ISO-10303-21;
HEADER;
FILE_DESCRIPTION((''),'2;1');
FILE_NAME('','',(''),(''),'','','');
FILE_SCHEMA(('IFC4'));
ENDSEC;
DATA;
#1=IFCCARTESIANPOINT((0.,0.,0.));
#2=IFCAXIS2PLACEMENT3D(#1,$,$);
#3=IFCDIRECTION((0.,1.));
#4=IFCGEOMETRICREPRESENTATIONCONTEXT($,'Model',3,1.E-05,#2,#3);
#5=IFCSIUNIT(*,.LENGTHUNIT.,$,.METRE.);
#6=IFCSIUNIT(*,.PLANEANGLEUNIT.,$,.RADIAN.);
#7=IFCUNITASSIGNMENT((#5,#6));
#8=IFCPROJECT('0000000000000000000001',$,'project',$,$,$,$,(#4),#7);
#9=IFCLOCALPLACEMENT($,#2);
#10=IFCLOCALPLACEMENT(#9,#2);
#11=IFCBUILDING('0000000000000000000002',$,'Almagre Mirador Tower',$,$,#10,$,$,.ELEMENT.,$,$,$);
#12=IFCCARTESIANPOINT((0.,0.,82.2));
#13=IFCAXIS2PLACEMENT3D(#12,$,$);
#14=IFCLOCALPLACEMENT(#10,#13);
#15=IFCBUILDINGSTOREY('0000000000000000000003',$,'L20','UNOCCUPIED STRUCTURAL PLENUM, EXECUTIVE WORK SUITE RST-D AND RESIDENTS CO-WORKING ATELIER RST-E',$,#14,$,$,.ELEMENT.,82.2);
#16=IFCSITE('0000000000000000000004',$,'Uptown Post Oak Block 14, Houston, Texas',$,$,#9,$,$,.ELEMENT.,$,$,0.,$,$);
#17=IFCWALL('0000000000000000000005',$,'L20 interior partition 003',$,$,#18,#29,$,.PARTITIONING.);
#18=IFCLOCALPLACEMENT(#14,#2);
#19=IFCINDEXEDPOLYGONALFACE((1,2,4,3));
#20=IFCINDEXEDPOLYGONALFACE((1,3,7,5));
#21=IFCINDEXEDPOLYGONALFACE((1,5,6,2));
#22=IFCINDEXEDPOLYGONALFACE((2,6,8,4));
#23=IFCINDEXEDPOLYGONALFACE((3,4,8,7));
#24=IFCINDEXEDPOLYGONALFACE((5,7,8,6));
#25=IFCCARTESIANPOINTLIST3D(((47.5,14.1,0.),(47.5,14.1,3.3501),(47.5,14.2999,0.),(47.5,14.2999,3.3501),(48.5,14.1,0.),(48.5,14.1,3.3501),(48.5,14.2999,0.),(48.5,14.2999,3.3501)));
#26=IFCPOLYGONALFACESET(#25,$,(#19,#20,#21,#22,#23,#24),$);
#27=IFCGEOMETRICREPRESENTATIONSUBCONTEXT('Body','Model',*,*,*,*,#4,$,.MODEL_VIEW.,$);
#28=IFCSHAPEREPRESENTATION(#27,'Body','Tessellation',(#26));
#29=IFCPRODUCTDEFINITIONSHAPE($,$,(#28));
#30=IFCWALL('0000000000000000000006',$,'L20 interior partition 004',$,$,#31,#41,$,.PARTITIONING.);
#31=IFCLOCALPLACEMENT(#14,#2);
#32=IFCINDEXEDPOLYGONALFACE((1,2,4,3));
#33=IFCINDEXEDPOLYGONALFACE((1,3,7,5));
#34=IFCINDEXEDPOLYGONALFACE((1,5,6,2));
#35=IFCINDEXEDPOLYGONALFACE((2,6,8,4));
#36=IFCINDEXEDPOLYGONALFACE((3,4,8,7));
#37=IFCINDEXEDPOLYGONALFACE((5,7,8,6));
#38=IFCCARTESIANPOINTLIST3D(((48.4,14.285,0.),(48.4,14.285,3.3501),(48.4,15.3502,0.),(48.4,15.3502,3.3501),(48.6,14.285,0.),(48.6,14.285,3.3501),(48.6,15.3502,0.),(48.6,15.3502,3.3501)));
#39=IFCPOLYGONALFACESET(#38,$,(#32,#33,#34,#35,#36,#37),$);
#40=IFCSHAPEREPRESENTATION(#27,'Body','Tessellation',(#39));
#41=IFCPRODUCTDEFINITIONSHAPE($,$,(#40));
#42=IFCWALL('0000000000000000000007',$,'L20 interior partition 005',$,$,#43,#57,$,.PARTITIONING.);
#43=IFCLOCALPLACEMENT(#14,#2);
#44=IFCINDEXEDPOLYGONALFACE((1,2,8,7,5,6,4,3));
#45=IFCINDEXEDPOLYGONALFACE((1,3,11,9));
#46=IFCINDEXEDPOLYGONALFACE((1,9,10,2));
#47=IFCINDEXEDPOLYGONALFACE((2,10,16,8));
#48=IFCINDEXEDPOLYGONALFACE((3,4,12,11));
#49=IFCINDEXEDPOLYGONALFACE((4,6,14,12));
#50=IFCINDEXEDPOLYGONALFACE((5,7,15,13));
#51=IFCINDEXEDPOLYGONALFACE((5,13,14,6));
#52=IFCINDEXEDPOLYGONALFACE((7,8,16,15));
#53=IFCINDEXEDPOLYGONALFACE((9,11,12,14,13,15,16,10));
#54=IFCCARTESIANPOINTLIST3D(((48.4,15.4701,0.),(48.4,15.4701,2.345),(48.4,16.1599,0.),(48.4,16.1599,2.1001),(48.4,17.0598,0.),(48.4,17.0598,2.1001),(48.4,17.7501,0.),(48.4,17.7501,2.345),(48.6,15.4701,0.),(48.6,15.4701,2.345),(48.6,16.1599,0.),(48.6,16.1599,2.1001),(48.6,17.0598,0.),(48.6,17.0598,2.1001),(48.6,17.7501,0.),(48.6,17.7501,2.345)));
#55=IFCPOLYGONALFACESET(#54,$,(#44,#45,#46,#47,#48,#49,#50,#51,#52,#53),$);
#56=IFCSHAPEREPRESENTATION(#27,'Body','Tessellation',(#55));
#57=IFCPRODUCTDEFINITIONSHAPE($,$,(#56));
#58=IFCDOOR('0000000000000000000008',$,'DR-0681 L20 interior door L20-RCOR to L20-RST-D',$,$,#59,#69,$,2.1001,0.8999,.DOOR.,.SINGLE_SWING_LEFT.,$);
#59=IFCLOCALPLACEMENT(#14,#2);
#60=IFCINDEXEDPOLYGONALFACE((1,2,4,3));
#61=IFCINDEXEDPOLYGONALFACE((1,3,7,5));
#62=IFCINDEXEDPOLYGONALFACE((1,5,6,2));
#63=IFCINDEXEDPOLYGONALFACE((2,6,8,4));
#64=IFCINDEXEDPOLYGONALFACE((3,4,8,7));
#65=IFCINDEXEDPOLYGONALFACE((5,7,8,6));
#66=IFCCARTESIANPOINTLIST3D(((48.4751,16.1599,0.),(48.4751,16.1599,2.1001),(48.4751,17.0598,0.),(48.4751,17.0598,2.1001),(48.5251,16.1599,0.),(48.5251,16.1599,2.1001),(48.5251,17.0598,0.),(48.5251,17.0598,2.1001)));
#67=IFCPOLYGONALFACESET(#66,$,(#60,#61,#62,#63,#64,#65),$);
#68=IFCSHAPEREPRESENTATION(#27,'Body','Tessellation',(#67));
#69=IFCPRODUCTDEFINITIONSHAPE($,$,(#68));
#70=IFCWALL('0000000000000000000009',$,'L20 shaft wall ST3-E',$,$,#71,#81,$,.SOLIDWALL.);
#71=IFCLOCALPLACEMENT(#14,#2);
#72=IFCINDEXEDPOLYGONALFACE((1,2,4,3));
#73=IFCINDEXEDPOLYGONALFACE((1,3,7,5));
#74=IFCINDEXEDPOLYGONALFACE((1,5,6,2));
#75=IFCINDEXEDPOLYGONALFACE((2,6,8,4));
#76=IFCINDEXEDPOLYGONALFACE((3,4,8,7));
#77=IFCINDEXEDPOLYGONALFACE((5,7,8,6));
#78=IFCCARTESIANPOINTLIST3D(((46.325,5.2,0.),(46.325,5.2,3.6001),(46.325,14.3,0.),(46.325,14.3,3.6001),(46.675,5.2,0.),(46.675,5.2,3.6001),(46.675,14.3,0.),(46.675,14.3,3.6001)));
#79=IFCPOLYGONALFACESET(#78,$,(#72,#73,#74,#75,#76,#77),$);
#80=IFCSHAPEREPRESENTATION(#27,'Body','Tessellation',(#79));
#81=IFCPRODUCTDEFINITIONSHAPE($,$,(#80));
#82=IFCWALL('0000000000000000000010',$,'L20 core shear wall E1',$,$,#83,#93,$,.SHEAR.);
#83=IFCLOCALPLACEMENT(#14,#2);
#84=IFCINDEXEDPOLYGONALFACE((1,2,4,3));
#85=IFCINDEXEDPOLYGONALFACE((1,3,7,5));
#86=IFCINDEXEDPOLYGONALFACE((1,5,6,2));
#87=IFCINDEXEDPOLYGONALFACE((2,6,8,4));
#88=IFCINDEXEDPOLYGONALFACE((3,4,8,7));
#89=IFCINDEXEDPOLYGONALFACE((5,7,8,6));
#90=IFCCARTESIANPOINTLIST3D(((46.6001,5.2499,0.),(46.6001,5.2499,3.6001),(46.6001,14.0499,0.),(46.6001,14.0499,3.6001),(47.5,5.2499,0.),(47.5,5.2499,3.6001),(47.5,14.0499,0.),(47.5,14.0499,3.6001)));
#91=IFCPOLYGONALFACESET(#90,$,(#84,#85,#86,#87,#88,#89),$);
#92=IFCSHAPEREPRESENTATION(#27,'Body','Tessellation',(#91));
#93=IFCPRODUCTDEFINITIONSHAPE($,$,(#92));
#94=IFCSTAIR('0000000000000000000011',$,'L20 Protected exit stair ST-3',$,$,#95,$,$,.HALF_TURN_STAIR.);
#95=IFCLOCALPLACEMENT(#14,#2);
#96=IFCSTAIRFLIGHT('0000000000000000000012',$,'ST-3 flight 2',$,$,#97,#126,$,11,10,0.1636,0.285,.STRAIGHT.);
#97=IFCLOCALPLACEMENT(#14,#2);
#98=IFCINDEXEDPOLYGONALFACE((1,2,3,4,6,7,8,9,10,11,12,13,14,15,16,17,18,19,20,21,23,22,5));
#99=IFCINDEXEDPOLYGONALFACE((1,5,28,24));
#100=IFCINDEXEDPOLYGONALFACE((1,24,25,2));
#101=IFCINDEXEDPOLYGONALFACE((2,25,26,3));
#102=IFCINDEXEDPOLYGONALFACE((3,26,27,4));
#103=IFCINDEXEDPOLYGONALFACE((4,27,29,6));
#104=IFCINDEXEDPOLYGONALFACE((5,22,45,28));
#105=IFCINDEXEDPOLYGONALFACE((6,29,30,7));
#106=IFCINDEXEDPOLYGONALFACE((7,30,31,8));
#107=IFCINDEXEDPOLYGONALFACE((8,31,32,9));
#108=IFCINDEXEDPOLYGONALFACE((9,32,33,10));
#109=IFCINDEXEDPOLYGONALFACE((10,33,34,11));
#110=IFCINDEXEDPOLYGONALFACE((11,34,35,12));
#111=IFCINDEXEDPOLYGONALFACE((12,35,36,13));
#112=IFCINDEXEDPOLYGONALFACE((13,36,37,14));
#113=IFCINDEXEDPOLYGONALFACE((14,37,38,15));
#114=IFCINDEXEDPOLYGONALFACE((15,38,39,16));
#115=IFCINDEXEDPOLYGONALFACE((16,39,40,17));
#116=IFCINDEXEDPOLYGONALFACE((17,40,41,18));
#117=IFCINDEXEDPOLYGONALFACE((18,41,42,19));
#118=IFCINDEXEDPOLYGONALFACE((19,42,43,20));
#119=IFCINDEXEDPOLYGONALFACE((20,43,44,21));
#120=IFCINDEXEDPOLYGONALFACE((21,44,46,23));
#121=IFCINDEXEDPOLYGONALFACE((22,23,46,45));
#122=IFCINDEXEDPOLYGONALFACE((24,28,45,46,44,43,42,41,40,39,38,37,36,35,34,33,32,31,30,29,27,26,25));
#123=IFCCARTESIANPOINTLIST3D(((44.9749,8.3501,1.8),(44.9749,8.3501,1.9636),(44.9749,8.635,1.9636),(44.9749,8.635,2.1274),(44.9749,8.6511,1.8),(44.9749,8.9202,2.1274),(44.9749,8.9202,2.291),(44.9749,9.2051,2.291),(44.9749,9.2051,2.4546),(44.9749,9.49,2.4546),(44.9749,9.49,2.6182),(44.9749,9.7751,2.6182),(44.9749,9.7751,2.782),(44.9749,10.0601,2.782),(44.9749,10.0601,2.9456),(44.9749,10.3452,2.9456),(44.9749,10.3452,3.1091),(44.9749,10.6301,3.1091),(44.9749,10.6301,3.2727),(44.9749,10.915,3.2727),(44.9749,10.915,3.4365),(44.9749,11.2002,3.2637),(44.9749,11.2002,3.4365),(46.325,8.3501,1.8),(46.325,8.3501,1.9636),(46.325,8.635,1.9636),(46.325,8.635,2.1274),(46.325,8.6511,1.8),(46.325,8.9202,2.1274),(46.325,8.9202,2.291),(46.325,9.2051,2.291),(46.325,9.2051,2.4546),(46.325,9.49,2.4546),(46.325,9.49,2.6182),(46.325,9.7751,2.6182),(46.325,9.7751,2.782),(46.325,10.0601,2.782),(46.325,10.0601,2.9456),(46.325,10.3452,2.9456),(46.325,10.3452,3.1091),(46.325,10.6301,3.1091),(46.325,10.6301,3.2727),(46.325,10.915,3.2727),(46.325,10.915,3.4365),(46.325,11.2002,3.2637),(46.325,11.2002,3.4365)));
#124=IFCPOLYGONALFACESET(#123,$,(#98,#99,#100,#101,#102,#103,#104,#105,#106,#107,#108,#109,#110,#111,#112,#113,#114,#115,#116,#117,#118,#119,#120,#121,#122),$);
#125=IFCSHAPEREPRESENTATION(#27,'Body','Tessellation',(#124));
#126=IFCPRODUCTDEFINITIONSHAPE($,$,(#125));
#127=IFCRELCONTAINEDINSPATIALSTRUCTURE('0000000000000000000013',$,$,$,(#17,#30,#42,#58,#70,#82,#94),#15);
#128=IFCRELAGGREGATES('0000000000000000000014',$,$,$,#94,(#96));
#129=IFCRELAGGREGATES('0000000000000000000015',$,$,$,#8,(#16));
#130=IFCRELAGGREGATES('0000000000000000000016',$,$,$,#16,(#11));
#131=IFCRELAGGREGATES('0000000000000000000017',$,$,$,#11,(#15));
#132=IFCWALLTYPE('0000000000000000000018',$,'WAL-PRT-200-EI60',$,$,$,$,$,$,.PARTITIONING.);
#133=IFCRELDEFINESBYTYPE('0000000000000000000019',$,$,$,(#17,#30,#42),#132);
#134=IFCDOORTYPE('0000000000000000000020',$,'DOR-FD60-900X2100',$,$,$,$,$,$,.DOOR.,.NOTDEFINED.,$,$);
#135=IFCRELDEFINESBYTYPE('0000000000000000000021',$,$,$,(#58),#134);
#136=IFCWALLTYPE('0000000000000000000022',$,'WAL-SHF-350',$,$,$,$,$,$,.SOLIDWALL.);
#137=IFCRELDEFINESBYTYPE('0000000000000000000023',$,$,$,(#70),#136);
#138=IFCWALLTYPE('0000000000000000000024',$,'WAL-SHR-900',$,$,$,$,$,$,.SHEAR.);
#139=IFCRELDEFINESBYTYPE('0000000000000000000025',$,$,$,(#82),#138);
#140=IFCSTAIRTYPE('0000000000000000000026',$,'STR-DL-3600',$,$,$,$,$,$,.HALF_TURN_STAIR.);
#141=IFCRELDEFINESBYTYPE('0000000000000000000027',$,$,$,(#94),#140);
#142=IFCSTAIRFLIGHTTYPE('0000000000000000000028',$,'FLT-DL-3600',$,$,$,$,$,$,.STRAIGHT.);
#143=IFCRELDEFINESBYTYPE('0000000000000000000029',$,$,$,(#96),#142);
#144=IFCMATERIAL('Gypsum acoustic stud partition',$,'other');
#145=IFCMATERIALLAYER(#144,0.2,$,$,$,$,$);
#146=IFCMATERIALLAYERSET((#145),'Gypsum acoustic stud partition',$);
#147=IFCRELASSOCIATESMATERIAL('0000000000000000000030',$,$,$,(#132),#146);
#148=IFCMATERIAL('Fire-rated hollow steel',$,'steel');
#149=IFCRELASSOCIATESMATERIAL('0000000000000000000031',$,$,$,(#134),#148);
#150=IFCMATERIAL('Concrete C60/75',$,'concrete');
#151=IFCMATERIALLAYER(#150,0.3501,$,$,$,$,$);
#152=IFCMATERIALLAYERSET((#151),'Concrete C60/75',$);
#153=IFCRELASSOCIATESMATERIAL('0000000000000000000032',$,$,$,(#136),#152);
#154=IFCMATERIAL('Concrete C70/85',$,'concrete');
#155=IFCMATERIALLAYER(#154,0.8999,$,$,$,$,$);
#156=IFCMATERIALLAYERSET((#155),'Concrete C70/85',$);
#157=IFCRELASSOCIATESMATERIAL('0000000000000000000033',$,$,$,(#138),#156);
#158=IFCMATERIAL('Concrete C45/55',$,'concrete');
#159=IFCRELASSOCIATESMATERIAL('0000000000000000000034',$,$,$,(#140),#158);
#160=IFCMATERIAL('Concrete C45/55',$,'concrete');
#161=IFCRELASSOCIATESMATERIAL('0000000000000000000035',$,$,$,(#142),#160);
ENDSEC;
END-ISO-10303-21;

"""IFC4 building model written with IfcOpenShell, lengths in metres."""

from ifc_helpers import new_model, si_unit, direction, frame, frame_2d, origin, place, context, subcontext, project, spatial, polyline, rectangle, outline, extrude, material, layer, layer_set, type_object, element, fill, aggregate, save


model = new_model("IFC4")

# Units and contexts
model_context = context("Model", 3, precision=1e-05, world=origin(), true_north=direction((0.0, 1.0)))
body_context = subcontext(model_context, "Body", "Model", "MODEL_VIEW")
ifc_project = project(units=[si_unit("LENGTHUNIT", "METRE"), si_unit("PLANEANGLEUNIT", "RADIAN")], contexts=[model_context])

# Site, building, storey
site_placement = place(None, origin())
site = spatial("IfcSite", under=ifc_project, at=site_placement, Name="Uptown Post Oak Block 14, Houston, Texas", CompositionType="ELEMENT", RefElevation=0.0)
building_placement = place(site_placement, origin())
building = spatial("IfcBuilding", under=site, at=building_placement, Name="Almagre Mirador Tower", CompositionType="ELEMENT")
storey_placement = place(building_placement, frame((0.0, 0.0, 82.2)))
storey = spatial("IfcBuildingStorey", under=building, at=storey_placement, Name="L20", Description="UNOCCUPIED STRUCTURAL PLENUM, EXECUTIVE WORK SUITE RST-D AND RESIDENTS CO-WORKING ATELIER RST-E", CompositionType="ELEMENT", Elevation=82.2)

# Walls
ifc_material_1 = material(Name="Gypsum acoustic stud partition", Category="other")
ifc_layer_1 = layer(ifc_material_1, 0.2)
ifc_layer_set_1 = layer_set([ifc_layer_1], Name="Gypsum acoustic stud partition")
wall_type_1 = type_object("IfcWallType", Name="WAL-PRT-200-EI60", PredefinedType="PARTITIONING", material=ifc_layer_set_1)
wall_1_placement = place(storey_placement, frame((47.5, 14.2, 0.0), z_axis=(0.0, 0.0, 1.0), x_axis=(1.0, 0.0, 0.0)))
element("IfcWall", 1, at=wall_1_placement, inside=storey, type_object=wall_type_1, Name="L20 interior partition 003", PredefinedType="PARTITIONING", context=body_context, shape_type="SweptSolid", body=[
    extrude(rectangle(XDim=1.0, YDim=0.2, at=frame_2d((0.5, 0.0))), origin(), (0.0, 0.0, 1.0), 3.3501),
])
wall_2_placement = place(storey_placement, frame((48.5, 14.2849, 0.0), z_axis=(0.0, 0.0, 1.0), x_axis=(0.0, 1.0, 0.0)))
element("IfcWall", 2, at=wall_2_placement, inside=storey, type_object=wall_type_1, Name="L20 interior partition 004", PredefinedType="PARTITIONING", context=body_context, shape_type="SweptSolid", body=[
    extrude(rectangle(XDim=1.0652, YDim=0.2, at=frame_2d((0.5327, 0.0))), origin(), (0.0, 0.0, 1.0), 3.3501),
])

# Wall, opening, door
wall_3_placement = place(storey_placement, frame((48.5, 15.47, 0.0), z_axis=(0.0, 0.0, 1.0), x_axis=(0.0, 1.0, 0.0)))
wall_3 = element("IfcWall", 3, at=wall_3_placement, inside=storey, type_object=wall_type_1, Name="L20 interior partition 005", PredefinedType="PARTITIONING", context=body_context, shape_type="SweptSolid", body=[
    extrude(rectangle(XDim=2.28, YDim=0.2, at=frame_2d((1.1401, 0.0))), origin(), (0.0, 0.0, 1.0), 2.345),
])
opening_1_placement = place(wall_3_placement, frame((0.6899, 0.0, 0.0)))
opening_1 = element("IfcOpeningElement", 4, at=opening_1_placement, cuts=wall_3, PredefinedType="OPENING", context=body_context, shape_type="SweptSolid", body=[
    extrude(rectangle(XDim=0.8999, YDim=2.1001, at=frame_2d((0.45, 1.05))), frame((0.0, 0.1101, 0.0), z_axis=(0.0, -1.0, 0.0), x_axis=(1.0, 0.0, 0.0)), (0.0, 0.0, 1.0), 0.22),
])
ifc_material_2 = material(Name="Fire-rated hollow steel", Category="steel")
door_type = type_object("IfcDoorType", Name="DOR-FD60-900X2100", OperationType="NOTDEFINED", PredefinedType="DOOR", material=ifc_material_2)
door_placement = place(opening_1_placement, origin())
door = element("IfcDoor", 5, at=door_placement, inside=storey, type_object=door_type, Name="DR-0681 L20 interior door L20-RCOR to L20-RST-D", OperationType="SINGLE_SWING_LEFT", OverallHeight=2.1001, OverallWidth=0.8999, PredefinedType="DOOR", context=body_context, shape_type="SweptSolid", body=[
    extrude(rectangle(XDim=0.8999, YDim=2.1001, at=frame_2d((0.45, 1.05))), frame((0.0, 0.0249, 0.0), z_axis=(0.0, -1.0, 0.0), x_axis=(1.0, 0.0, 0.0)), (0.0, 0.0, 1.0), 0.05),
])
fill(opening_1, door)

# Walls
ifc_material_3 = material(Name="Concrete C60/75", Category="concrete")
ifc_layer_2 = layer(ifc_material_3, 0.3501)
ifc_layer_set_2 = layer_set([ifc_layer_2], Name="Concrete C60/75")
wall_type_2 = type_object("IfcWallType", Name="WAL-SHF-350", PredefinedType="SOLIDWALL", material=ifc_layer_set_2)
wall_4_placement = place(storey_placement, frame((46.5, 5.2, 0.0), z_axis=(0.0, 0.0, 1.0), x_axis=(0.0, 1.0, 0.0)))
element("IfcWall", 6, at=wall_4_placement, inside=storey, type_object=wall_type_2, Name="L20 shaft wall ST3-E", PredefinedType="SOLIDWALL", context=body_context, shape_type="SweptSolid", body=[
    extrude(rectangle(XDim=9.1001, YDim=0.3501, at=frame_2d((4.55, 0.0))), origin(), (0.0, 0.0, 1.0), 3.6001),
])
ifc_material_4 = material(Name="Concrete C70/85", Category="concrete")
ifc_layer_3 = layer(ifc_material_4, 0.8999)
ifc_layer_set_3 = layer_set([ifc_layer_3], Name="Concrete C70/85")
wall_type_3 = type_object("IfcWallType", Name="WAL-SHR-900", PredefinedType="SHEAR", material=ifc_layer_set_3)
wall_5_placement = place(storey_placement, frame((47.05, 5.25, 0.0), z_axis=(0.0, 0.0, 1.0), x_axis=(0.0, 1.0, 0.0)))
element("IfcWall", 7, at=wall_5_placement, inside=storey, type_object=wall_type_3, Name="L20 core shear wall E1", PredefinedType="SHEAR", context=body_context, shape_type="SweptSolid", body=[
    extrude(rectangle(XDim=8.8, YDim=0.8999, at=frame_2d((4.3999, 0.0))), origin(), (0.0, 0.0, 1.0), 3.6001),
])

# Stair, stair flight
ifc_material_5 = material(Name="Concrete C45/55", Category="concrete")
stair_type = type_object("IfcStairType", Name="STR-DL-3600", PredefinedType="HALF_TURN_STAIR", material=ifc_material_5)
stair_placement = place(storey_placement, origin())
stair = element("IfcStair", 8, at=stair_placement, inside=storey, type_object=stair_type, Name="L20 Protected exit stair ST-3", PredefinedType="HALF_TURN_STAIR")
ifc_material_6 = material(Name="Concrete C45/55", Category="concrete")
stair_flight_type = type_object("IfcStairFlightType", Name="FLT-DL-3600", PredefinedType="STRAIGHT", material=ifc_material_6)
stair_flight_placement = place(storey_placement, frame((45.6499, 8.3501, 1.8), z_axis=(0.0, 0.0, 1.0), x_axis=(0.0, 1.0, 0.0)))
stair_flight = element("IfcStairFlight", 9, at=stair_flight_placement, type_object=stair_flight_type, Name="ST-3 flight 2", NumberOfRisers=11, NumberOfTreads=10, PredefinedType="STRAIGHT", RiserHeight=0.1636, TreadLength=0.285, context=body_context, shape_type="SweptSolid", body=[
    extrude(outline(polyline([(0.0, 0.0), (0.0, 0.1636), (0.2849, 0.1636), (0.2849, 0.3274), (0.5701, 0.3274), (0.5701, 0.491), (0.855, 0.491), (0.855, 0.6545), (1.1399, 0.6545), (1.1399, 0.8181), (1.425, 0.8181), (1.425, 0.9819), (1.71, 0.9819), (1.71, 1.1455), (1.9951, 1.1455), (1.9951, 1.3091), (2.28, 1.3091), (2.28, 1.4727), (2.5649, 1.4727), (2.5649, 1.6365), (2.8501, 1.6365), (2.8501, 1.8), (2.8501, 1.4636), (0.301, 0.0), (0.0, 0.0)])), frame((0.0, 0.675, 0.0), z_axis=(0.0, -1.0, 0.0), x_axis=(1.0, 0.0, 0.0)), (0.0, 0.0, 1.0), 1.3501),
])
aggregate(stair, [stair_flight])

save(model, "model.ifc")
